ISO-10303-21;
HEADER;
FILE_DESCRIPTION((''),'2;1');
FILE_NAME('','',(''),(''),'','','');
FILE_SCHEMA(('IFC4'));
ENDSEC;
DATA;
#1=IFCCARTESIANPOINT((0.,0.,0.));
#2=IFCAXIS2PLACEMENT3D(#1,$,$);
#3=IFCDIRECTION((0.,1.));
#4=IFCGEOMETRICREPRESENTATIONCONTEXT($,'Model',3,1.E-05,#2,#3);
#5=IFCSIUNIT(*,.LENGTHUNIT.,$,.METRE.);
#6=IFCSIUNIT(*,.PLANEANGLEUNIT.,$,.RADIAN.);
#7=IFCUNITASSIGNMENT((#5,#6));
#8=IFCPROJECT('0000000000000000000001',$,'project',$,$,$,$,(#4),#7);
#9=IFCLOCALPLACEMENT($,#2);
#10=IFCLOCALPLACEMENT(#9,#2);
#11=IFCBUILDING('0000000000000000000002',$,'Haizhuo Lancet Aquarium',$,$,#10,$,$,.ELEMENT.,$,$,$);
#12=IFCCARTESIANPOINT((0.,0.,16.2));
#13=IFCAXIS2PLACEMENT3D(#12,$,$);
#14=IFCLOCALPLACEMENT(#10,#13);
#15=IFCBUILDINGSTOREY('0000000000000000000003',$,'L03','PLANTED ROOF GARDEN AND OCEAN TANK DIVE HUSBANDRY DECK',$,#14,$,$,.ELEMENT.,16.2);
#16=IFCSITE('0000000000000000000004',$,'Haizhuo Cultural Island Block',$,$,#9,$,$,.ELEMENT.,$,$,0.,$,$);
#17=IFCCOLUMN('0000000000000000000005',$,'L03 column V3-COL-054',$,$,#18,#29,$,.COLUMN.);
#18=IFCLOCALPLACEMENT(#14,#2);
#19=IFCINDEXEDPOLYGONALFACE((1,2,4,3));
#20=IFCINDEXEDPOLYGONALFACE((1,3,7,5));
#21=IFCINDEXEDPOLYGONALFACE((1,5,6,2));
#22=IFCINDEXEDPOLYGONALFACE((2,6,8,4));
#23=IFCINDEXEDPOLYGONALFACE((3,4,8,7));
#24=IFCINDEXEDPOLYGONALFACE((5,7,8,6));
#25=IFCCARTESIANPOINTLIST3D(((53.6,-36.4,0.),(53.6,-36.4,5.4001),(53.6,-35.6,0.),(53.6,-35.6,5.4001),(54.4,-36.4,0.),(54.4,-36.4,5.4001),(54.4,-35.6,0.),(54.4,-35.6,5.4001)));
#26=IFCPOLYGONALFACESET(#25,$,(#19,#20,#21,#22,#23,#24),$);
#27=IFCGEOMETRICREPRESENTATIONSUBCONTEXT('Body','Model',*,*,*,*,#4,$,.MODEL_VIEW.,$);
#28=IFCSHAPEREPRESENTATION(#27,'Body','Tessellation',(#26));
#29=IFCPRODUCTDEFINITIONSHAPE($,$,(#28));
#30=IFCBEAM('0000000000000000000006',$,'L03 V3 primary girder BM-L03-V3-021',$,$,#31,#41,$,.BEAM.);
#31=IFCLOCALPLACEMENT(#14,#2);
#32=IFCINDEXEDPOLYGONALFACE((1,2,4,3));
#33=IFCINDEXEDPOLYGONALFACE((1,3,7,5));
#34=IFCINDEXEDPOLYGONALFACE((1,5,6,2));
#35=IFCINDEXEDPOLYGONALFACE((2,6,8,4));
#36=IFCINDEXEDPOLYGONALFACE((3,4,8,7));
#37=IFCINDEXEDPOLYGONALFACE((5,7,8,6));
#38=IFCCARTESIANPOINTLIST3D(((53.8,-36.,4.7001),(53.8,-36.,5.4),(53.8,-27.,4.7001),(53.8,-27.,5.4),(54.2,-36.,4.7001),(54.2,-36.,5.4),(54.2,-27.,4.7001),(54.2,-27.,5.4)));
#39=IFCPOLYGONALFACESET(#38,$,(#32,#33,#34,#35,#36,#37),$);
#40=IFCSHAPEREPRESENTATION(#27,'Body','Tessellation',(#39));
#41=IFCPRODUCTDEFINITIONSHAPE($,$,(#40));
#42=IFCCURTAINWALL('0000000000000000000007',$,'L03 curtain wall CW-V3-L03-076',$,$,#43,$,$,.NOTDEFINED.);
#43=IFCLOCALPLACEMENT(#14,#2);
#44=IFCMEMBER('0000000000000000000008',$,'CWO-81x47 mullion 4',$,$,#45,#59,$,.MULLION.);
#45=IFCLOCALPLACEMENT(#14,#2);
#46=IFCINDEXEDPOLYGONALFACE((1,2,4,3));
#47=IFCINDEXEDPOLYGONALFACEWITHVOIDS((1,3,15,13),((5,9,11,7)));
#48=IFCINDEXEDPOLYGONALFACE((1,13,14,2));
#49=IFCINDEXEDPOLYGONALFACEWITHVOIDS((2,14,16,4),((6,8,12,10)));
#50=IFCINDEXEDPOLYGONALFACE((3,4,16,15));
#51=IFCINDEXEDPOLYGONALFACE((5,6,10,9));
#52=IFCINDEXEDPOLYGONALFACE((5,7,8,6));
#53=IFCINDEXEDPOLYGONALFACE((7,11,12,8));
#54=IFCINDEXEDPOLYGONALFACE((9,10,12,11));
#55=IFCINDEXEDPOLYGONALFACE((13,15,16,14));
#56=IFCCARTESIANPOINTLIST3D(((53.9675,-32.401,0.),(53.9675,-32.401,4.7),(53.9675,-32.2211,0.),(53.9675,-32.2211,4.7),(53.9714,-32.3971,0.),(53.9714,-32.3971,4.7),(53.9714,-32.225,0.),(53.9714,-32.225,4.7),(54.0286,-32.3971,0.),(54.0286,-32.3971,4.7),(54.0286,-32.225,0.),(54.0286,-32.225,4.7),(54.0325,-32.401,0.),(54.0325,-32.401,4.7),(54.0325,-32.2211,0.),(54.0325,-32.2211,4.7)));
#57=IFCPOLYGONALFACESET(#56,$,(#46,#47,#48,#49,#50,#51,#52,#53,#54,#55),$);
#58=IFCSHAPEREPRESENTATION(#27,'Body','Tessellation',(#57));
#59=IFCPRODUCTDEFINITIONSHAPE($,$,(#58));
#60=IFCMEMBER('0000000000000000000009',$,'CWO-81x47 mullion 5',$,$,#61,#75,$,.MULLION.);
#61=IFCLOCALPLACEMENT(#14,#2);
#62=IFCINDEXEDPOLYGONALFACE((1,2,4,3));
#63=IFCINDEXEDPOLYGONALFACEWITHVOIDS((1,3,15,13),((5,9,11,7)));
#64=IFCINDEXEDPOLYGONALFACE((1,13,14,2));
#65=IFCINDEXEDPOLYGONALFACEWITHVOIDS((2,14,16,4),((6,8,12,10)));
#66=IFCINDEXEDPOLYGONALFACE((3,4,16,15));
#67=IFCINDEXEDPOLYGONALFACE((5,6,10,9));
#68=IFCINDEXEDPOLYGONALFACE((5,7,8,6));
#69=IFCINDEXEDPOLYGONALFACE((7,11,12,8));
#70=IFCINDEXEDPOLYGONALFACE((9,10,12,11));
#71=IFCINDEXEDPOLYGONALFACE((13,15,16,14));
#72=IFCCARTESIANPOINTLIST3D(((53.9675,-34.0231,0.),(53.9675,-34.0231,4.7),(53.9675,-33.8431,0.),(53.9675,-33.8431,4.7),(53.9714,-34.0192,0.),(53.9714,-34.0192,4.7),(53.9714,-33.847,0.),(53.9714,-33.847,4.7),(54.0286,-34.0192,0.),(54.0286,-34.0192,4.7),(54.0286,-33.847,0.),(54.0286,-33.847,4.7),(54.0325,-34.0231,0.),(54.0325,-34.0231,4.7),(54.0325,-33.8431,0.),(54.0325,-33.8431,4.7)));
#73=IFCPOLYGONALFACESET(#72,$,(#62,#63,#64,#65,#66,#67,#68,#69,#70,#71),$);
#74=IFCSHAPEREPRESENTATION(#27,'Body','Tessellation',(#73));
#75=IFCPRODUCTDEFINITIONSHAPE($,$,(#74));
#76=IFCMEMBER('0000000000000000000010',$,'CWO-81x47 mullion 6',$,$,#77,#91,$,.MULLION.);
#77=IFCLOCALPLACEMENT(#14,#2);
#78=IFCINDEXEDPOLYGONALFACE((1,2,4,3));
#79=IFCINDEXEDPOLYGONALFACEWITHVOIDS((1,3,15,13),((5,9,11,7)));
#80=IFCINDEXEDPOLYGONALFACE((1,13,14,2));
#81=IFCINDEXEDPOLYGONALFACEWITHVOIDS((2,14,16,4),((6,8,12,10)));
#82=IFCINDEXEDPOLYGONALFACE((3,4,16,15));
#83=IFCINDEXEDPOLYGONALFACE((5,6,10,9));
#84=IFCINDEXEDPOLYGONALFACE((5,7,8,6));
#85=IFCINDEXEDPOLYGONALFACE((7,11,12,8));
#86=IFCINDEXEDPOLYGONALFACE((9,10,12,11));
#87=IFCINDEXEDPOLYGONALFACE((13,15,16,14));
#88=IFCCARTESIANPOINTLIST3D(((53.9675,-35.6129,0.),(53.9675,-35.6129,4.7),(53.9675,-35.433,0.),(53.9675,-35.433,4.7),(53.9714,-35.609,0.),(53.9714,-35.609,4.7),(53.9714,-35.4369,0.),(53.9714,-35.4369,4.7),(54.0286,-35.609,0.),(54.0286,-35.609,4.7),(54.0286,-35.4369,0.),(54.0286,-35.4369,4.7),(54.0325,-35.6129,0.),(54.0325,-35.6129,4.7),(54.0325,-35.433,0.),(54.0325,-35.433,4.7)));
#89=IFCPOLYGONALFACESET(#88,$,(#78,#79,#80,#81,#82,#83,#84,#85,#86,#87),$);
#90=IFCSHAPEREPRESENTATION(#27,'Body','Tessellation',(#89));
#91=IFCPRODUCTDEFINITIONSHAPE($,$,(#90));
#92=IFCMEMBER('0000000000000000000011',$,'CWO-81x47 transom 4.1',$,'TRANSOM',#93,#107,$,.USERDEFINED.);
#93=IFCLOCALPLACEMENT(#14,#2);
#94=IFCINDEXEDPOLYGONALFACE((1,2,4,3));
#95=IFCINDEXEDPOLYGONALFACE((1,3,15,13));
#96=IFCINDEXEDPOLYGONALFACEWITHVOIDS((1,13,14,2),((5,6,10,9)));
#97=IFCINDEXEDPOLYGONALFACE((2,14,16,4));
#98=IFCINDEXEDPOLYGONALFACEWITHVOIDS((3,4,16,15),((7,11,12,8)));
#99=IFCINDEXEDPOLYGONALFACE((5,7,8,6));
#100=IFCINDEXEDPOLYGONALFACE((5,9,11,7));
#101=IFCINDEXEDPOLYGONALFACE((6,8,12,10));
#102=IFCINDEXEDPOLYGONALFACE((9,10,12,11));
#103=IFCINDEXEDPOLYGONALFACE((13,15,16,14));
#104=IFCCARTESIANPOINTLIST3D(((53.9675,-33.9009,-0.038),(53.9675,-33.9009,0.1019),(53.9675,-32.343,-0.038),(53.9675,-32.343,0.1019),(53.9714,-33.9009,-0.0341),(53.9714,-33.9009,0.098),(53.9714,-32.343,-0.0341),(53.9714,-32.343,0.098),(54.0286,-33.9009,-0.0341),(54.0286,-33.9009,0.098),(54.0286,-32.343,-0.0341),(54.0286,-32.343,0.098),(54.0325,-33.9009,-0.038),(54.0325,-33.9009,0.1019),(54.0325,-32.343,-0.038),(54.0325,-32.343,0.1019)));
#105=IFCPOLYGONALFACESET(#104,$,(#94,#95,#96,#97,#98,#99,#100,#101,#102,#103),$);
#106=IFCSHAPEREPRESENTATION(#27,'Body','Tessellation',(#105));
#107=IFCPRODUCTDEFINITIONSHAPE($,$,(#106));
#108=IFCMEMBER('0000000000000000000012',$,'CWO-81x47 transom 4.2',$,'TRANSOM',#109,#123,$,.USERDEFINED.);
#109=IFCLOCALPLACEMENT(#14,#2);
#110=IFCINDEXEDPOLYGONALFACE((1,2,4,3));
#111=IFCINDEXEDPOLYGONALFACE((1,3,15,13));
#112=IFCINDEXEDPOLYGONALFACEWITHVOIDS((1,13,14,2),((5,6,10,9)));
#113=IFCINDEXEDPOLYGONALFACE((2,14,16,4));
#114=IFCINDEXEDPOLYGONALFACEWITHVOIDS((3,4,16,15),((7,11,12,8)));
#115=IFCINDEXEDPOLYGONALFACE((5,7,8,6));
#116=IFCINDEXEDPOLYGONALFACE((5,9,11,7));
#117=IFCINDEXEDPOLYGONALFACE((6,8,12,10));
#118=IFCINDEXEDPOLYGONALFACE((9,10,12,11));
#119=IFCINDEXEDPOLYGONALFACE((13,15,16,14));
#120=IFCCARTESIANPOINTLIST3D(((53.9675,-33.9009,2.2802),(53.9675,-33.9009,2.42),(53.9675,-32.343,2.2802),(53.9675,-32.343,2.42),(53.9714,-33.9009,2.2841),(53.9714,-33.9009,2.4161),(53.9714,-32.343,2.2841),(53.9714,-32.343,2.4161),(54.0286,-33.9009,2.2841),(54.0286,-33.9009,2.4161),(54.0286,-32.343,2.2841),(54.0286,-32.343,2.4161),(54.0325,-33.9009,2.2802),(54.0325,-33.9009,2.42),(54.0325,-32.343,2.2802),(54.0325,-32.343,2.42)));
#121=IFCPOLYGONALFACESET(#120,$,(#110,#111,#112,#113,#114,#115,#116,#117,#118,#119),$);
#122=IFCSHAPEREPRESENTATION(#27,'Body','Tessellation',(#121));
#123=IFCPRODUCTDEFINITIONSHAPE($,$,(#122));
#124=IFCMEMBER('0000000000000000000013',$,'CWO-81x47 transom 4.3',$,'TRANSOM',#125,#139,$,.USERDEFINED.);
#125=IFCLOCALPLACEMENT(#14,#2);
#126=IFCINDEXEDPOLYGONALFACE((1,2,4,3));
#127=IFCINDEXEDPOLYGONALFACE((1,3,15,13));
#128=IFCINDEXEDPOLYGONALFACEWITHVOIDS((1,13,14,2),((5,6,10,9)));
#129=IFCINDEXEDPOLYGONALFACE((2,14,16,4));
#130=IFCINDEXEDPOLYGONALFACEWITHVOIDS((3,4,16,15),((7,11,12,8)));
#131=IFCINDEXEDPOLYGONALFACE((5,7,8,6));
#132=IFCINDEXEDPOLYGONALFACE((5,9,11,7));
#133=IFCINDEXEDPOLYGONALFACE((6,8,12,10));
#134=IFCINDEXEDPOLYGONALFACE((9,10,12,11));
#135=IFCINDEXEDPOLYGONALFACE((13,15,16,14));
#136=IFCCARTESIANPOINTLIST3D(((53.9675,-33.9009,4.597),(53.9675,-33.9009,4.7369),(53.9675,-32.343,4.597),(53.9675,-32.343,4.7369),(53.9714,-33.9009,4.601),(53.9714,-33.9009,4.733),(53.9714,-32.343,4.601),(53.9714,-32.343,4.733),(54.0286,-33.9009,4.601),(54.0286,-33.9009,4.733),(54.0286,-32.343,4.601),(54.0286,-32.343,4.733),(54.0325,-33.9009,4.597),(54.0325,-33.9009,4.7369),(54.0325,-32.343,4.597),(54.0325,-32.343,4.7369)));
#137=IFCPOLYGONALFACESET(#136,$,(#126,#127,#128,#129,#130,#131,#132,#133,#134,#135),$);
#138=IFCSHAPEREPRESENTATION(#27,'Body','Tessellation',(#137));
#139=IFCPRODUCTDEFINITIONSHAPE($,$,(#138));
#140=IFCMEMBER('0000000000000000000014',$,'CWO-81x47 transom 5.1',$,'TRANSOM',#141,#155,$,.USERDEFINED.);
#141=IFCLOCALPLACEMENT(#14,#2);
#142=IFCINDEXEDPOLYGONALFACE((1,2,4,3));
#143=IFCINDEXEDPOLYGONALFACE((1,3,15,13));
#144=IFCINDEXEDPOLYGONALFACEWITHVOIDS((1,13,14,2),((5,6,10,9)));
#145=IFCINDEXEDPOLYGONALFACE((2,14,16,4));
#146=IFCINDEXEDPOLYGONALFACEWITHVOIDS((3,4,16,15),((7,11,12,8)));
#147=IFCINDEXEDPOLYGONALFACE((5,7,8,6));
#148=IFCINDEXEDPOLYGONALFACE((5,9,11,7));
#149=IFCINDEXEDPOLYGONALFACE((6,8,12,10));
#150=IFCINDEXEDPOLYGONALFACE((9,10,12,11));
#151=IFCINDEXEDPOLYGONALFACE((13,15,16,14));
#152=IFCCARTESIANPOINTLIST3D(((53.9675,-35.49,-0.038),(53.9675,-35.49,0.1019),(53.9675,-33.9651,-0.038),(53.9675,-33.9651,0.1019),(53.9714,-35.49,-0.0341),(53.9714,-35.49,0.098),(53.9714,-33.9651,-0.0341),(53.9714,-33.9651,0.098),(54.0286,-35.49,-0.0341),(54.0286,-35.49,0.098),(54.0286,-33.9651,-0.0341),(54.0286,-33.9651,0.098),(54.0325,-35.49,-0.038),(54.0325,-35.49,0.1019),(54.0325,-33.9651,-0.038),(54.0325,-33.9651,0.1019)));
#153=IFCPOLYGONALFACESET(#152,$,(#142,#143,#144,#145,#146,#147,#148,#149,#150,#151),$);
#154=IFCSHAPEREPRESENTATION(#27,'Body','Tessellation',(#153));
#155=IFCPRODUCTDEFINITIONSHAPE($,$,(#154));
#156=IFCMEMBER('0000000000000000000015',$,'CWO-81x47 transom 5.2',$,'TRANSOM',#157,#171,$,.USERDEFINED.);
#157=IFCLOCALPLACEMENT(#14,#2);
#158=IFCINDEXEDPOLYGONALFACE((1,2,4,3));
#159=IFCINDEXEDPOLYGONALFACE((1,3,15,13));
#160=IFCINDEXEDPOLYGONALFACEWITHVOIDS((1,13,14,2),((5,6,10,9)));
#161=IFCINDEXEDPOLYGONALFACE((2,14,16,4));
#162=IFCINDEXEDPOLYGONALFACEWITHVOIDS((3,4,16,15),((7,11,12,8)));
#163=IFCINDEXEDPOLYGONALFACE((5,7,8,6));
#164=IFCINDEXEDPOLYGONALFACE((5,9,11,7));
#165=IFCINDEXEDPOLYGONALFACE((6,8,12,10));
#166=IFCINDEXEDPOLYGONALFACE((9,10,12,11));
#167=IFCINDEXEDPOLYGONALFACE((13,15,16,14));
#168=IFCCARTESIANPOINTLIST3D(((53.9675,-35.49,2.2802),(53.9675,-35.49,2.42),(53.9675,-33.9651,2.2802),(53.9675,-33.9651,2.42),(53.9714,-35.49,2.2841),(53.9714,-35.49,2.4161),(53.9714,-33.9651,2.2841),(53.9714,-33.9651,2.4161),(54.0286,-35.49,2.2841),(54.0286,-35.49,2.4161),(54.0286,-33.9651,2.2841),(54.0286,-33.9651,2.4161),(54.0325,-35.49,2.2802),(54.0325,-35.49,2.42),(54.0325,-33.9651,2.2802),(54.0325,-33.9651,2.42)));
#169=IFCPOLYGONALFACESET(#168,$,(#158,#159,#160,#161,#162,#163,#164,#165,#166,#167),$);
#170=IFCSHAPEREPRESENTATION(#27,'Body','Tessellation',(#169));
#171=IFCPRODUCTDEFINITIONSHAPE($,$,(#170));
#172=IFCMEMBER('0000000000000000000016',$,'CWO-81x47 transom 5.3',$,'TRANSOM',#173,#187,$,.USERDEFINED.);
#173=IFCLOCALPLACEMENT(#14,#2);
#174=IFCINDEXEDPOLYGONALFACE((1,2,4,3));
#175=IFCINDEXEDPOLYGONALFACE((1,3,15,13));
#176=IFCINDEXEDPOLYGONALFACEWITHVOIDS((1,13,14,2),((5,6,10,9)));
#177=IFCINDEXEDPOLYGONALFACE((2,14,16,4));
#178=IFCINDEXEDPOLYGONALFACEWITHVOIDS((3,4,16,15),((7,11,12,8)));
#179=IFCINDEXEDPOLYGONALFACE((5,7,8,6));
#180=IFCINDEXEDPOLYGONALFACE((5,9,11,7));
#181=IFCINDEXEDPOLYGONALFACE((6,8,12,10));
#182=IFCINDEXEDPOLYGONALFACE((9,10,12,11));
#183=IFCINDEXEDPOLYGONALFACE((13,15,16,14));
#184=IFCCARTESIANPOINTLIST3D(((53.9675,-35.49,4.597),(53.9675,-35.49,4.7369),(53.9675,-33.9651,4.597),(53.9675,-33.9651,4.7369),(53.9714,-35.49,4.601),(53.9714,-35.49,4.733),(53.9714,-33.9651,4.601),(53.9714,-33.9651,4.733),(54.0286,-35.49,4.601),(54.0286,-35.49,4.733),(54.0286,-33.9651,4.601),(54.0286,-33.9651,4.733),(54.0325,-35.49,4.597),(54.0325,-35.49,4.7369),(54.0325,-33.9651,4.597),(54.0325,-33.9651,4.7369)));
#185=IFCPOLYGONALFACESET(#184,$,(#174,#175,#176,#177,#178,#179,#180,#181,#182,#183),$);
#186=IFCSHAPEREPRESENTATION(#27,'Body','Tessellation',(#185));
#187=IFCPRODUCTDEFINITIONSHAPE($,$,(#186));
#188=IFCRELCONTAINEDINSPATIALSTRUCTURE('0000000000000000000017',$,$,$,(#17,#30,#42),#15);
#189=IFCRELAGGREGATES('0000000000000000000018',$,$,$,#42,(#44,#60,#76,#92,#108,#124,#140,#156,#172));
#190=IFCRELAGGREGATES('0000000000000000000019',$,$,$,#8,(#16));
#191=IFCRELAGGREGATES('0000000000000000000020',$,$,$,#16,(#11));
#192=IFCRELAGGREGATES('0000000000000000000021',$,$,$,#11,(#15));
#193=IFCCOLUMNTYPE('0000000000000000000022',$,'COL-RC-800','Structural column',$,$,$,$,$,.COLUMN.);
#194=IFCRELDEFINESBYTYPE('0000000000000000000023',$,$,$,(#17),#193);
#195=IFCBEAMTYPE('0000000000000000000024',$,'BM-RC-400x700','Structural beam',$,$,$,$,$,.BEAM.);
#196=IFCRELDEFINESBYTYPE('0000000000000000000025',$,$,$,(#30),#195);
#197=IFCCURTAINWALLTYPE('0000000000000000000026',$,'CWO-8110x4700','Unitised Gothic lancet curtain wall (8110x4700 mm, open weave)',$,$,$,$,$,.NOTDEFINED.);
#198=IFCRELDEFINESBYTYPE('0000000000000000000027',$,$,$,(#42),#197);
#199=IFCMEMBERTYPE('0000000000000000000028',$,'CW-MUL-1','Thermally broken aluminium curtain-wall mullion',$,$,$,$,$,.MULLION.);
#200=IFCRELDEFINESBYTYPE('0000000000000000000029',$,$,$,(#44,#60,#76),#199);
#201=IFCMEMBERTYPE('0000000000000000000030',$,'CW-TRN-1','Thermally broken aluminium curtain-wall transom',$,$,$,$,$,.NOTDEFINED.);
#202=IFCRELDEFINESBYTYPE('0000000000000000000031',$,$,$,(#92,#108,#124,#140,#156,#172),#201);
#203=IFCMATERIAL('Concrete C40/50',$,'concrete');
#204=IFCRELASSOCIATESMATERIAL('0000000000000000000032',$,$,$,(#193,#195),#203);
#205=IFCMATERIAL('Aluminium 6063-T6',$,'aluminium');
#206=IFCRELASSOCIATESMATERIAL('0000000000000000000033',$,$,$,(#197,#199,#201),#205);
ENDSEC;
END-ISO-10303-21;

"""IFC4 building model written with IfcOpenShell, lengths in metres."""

from ifc_helpers import new_model, si_unit, direction, frame, origin, origin_2d, place, context, subcontext, project, spatial, rectangle, hollow_rectangle, extrude, material, material_profile, profile_set, type_object, element, aggregate, save


model = new_model("IFC4")

# Units and contexts
model_context = context("Model", 3, precision=1e-05, world=origin(), true_north=direction((0.0, 1.0)))
body_context = subcontext(model_context, "Body", "Model", "MODEL_VIEW")
ifc_project = project(units=[si_unit("LENGTHUNIT", "METRE"), si_unit("PLANEANGLEUNIT", "RADIAN")], contexts=[model_context])

# Site, building, storey
site_placement = place(None, origin())
site = spatial("IfcSite", under=ifc_project, at=site_placement, Name="Haizhuo Cultural Island Block", CompositionType="ELEMENT", RefElevation=0.0)
building_placement = place(site_placement, origin())
building = spatial("IfcBuilding", under=site, at=building_placement, Name="Haizhuo Lancet Aquarium", CompositionType="ELEMENT")
storey_placement = place(building_placement, frame((0.0, 0.0, 16.2)))
storey = spatial("IfcBuildingStorey", under=building, at=storey_placement, Name="L03", Description="PLANTED ROOF GARDEN AND OCEAN TANK DIVE HUSBANDRY DECK", CompositionType="ELEMENT", Elevation=16.2)

# Column
ifc_material_1 = material(Name="Concrete C40/50", Category="concrete")
ifc_material_profile_1 = material_profile(ifc_material_1, rectangle(XDim=0.8, YDim=0.8, at=origin_2d()), Name="RC-COL 800x800")
ifc_profile_set_1 = profile_set([ifc_material_profile_1], Name="Concrete C40/50")
column_type = type_object("IfcColumnType", Name="COL-RC-800", Description="Structural column", PredefinedType="COLUMN", material=ifc_profile_set_1)
column_placement = place(storey_placement, frame((54.0, -36.0, 0.0), z_axis=(0.0, 0.0, 1.0), x_axis=(1.0, 0.0, 0.0)))
element("IfcColumn", 1, at=column_placement, inside=storey, type_object=column_type, Name="L03 column V3-COL-054", PredefinedType="COLUMN", context=body_context, shape_type="SweptSolid", body=[
    extrude(rectangle(XDim=0.8, YDim=0.8, at=origin_2d()), origin(), (0.0, 0.0, 1.0), 5.4001),
])

# Beam
ifc_material_profile_2 = material_profile(ifc_material_1, rectangle(XDim=0.3999, YDim=0.7, at=origin_2d()), Name="RC-BM 400x700")
ifc_profile_set_2 = profile_set([ifc_material_profile_2], Name="Concrete C40/50")
beam_type = type_object("IfcBeamType", Name="BM-RC-400x700", Description="Structural beam", PredefinedType="BEAM", material=ifc_profile_set_2)
beam_placement = place(storey_placement, frame((54.0, -36.0, 5.05), z_axis=(0.0, 1.0, 0.0), x_axis=(-1.0, 0.0, 0.0)))
element("IfcBeam", 2, at=beam_placement, inside=storey, type_object=beam_type, Name="L03 V3 primary girder BM-L03-V3-021", PredefinedType="BEAM", context=body_context, shape_type="SweptSolid", body=[
    extrude(rectangle(XDim=0.3999, YDim=0.7, at=origin_2d()), origin(), (0.0, 0.0, 1.0), 9.0),
])

# Curtain wall, members
ifc_material_2 = material(Name="Aluminium 6063-T6", Category="aluminium")
curtain_wall_type = type_object("IfcCurtainWallType", Name="CWO-8110x4700", Description="Unitised Gothic lancet curtain wall (8110x4700 mm, open weave)", PredefinedType="NOTDEFINED", material=ifc_material_2)
curtain_wall_placement = place(storey_placement, origin())
curtain_wall = element("IfcCurtainWall", 3, at=curtain_wall_placement, inside=storey, type_object=curtain_wall_type, Name="L03 curtain wall CW-V3-L03-076", PredefinedType="NOTDEFINED")
ifc_material_profile_3 = material_profile(ifc_material_2, hollow_rectangle(XDim=0.0649, YDim=0.1799, WallThickness=0.0039, at=origin_2d()), Name="ALU-M 65x180x4")
ifc_profile_set_3 = profile_set([ifc_material_profile_3], Name="Aluminium 6063-T6")
member_type_1 = type_object("IfcMemberType", Name="CW-MUL-1", Description="Thermally broken aluminium curtain-wall mullion", PredefinedType="MULLION", material=ifc_profile_set_3)
member_1_placement = place(storey_placement, frame((54.0, -32.311, 0.0), z_axis=(0.0, 0.0, 1.0), x_axis=(1.0, 0.0, 0.0)))
member_1 = element("IfcMember", 4, at=member_1_placement, type_object=member_type_1, Name="CWO-81x47 mullion 4", PredefinedType="MULLION", context=body_context, shape_type="SweptSolid", body=[
    extrude(hollow_rectangle(XDim=0.0649, YDim=0.1799, WallThickness=0.0039, at=origin_2d()), origin(), (0.0, 0.0, 1.0), 4.7),
])
member_2_placement = place(storey_placement, frame((54.0, -33.9331, 0.0), z_axis=(0.0, 0.0, 1.0), x_axis=(1.0, 0.0, 0.0)))
member_2 = element("IfcMember", 5, at=member_2_placement, type_object=member_type_1, Name="CWO-81x47 mullion 5", PredefinedType="MULLION", context=body_context, shape_type="SweptSolid", body=[
    extrude(hollow_rectangle(XDim=0.0649, YDim=0.1799, WallThickness=0.0039, at=origin_2d()), origin(), (0.0, 0.0, 1.0), 4.7),
])
member_3_placement = place(storey_placement, frame((54.0, -35.5229, 0.0), z_axis=(0.0, 0.0, 1.0), x_axis=(1.0, 0.0, 0.0)))
member_3 = element("IfcMember", 6, at=member_3_placement, type_object=member_type_1, Name="CWO-81x47 mullion 6", PredefinedType="MULLION", context=body_context, shape_type="SweptSolid", body=[
    extrude(hollow_rectangle(XDim=0.0649, YDim=0.1799, WallThickness=0.0039, at=origin_2d()), origin(), (0.0, 0.0, 1.0), 4.7),
])
ifc_material_profile_4 = material_profile(ifc_material_2, hollow_rectangle(XDim=0.0649, YDim=0.1399, WallThickness=0.0039, at=origin_2d()), Name="ALU-T 65x140x4")
ifc_profile_set_4 = profile_set([ifc_material_profile_4], Name="Aluminium 6063-T6")
member_type_2 = type_object("IfcMemberType", Name="CW-TRN-1", Description="Thermally broken aluminium curtain-wall transom", PredefinedType="NOTDEFINED", material=ifc_profile_set_4)
member_4_placement = place(storey_placement, frame((54.0, -32.343, 0.032), z_axis=(0.0, -1.0, 0.0), x_axis=(1.0, 0.0, 0.0)))
member_4 = element("IfcMember", 7, at=member_4_placement, type_object=member_type_2, Name="CWO-81x47 transom 4.1", ObjectType="TRANSOM", PredefinedType="USERDEFINED", context=body_context, shape_type="SweptSolid", body=[
    extrude(hollow_rectangle(XDim=0.0649, YDim=0.1399, WallThickness=0.0039, at=origin_2d()), origin(), (0.0, 0.0, 1.0), 1.5579),
])
member_5_placement = place(storey_placement, frame((54.0, -32.343, 2.3501), z_axis=(0.0, -1.0, 0.0), x_axis=(1.0, 0.0, 0.0)))
member_5 = element("IfcMember", 8, at=member_5_placement, type_object=member_type_2, Name="CWO-81x47 transom 4.2", ObjectType="TRANSOM", PredefinedType="USERDEFINED", context=body_context, shape_type="SweptSolid", body=[
    extrude(hollow_rectangle(XDim=0.0649, YDim=0.1399, WallThickness=0.0039, at=origin_2d()), origin(), (0.0, 0.0, 1.0), 1.5579),
])
member_6_placement = place(storey_placement, frame((54.0, -32.343, 4.667), z_axis=(0.0, -1.0, 0.0), x_axis=(1.0, 0.0, 0.0)))
member_6 = element("IfcMember", 9, at=member_6_placement, type_object=member_type_2, Name="CWO-81x47 transom 4.3", ObjectType="TRANSOM", PredefinedType="USERDEFINED", context=body_context, shape_type="SweptSolid", body=[
    extrude(hollow_rectangle(XDim=0.0649, YDim=0.1399, WallThickness=0.0039, at=origin_2d()), origin(), (0.0, 0.0, 1.0), 1.5579),
])
member_7_placement = place(storey_placement, frame((54.0, -33.9651, 0.032), z_axis=(0.0, -1.0, 0.0), x_axis=(1.0, 0.0, 0.0)))
member_7 = element("IfcMember", 10, at=member_7_placement, type_object=member_type_2, Name="CWO-81x47 transom 5.1", ObjectType="TRANSOM", PredefinedType="USERDEFINED", context=body_context, shape_type="SweptSolid", body=[
    extrude(hollow_rectangle(XDim=0.0649, YDim=0.1399, WallThickness=0.0039, at=origin_2d()), origin(), (0.0, 0.0, 1.0), 1.5249),
])
member_8_placement = place(storey_placement, frame((54.0, -33.9651, 2.3501), z_axis=(0.0, -1.0, 0.0), x_axis=(1.0, 0.0, 0.0)))
member_8 = element("IfcMember", 11, at=member_8_placement, type_object=member_type_2, Name="CWO-81x47 transom 5.2", ObjectType="TRANSOM", PredefinedType="USERDEFINED", context=body_context, shape_type="SweptSolid", body=[
    extrude(hollow_rectangle(XDim=0.0649, YDim=0.1399, WallThickness=0.0039, at=origin_2d()), origin(), (0.0, 0.0, 1.0), 1.5249),
])
member_9_placement = place(storey_placement, frame((54.0, -33.9651, 4.667), z_axis=(0.0, -1.0, 0.0), x_axis=(1.0, 0.0, 0.0)))
member_9 = element("IfcMember", 12, at=member_9_placement, type_object=member_type_2, Name="CWO-81x47 transom 5.3", ObjectType="TRANSOM", PredefinedType="USERDEFINED", context=body_context, shape_type="SweptSolid", body=[
    extrude(hollow_rectangle(XDim=0.0649, YDim=0.1399, WallThickness=0.0039, at=origin_2d()), origin(), (0.0, 0.0, 1.0), 1.5249),
])

aggregate(curtain_wall, [member_1, member_2, member_3, member_4, member_5, member_6, member_7, member_8, member_9])

save(model, "model.ifc")
